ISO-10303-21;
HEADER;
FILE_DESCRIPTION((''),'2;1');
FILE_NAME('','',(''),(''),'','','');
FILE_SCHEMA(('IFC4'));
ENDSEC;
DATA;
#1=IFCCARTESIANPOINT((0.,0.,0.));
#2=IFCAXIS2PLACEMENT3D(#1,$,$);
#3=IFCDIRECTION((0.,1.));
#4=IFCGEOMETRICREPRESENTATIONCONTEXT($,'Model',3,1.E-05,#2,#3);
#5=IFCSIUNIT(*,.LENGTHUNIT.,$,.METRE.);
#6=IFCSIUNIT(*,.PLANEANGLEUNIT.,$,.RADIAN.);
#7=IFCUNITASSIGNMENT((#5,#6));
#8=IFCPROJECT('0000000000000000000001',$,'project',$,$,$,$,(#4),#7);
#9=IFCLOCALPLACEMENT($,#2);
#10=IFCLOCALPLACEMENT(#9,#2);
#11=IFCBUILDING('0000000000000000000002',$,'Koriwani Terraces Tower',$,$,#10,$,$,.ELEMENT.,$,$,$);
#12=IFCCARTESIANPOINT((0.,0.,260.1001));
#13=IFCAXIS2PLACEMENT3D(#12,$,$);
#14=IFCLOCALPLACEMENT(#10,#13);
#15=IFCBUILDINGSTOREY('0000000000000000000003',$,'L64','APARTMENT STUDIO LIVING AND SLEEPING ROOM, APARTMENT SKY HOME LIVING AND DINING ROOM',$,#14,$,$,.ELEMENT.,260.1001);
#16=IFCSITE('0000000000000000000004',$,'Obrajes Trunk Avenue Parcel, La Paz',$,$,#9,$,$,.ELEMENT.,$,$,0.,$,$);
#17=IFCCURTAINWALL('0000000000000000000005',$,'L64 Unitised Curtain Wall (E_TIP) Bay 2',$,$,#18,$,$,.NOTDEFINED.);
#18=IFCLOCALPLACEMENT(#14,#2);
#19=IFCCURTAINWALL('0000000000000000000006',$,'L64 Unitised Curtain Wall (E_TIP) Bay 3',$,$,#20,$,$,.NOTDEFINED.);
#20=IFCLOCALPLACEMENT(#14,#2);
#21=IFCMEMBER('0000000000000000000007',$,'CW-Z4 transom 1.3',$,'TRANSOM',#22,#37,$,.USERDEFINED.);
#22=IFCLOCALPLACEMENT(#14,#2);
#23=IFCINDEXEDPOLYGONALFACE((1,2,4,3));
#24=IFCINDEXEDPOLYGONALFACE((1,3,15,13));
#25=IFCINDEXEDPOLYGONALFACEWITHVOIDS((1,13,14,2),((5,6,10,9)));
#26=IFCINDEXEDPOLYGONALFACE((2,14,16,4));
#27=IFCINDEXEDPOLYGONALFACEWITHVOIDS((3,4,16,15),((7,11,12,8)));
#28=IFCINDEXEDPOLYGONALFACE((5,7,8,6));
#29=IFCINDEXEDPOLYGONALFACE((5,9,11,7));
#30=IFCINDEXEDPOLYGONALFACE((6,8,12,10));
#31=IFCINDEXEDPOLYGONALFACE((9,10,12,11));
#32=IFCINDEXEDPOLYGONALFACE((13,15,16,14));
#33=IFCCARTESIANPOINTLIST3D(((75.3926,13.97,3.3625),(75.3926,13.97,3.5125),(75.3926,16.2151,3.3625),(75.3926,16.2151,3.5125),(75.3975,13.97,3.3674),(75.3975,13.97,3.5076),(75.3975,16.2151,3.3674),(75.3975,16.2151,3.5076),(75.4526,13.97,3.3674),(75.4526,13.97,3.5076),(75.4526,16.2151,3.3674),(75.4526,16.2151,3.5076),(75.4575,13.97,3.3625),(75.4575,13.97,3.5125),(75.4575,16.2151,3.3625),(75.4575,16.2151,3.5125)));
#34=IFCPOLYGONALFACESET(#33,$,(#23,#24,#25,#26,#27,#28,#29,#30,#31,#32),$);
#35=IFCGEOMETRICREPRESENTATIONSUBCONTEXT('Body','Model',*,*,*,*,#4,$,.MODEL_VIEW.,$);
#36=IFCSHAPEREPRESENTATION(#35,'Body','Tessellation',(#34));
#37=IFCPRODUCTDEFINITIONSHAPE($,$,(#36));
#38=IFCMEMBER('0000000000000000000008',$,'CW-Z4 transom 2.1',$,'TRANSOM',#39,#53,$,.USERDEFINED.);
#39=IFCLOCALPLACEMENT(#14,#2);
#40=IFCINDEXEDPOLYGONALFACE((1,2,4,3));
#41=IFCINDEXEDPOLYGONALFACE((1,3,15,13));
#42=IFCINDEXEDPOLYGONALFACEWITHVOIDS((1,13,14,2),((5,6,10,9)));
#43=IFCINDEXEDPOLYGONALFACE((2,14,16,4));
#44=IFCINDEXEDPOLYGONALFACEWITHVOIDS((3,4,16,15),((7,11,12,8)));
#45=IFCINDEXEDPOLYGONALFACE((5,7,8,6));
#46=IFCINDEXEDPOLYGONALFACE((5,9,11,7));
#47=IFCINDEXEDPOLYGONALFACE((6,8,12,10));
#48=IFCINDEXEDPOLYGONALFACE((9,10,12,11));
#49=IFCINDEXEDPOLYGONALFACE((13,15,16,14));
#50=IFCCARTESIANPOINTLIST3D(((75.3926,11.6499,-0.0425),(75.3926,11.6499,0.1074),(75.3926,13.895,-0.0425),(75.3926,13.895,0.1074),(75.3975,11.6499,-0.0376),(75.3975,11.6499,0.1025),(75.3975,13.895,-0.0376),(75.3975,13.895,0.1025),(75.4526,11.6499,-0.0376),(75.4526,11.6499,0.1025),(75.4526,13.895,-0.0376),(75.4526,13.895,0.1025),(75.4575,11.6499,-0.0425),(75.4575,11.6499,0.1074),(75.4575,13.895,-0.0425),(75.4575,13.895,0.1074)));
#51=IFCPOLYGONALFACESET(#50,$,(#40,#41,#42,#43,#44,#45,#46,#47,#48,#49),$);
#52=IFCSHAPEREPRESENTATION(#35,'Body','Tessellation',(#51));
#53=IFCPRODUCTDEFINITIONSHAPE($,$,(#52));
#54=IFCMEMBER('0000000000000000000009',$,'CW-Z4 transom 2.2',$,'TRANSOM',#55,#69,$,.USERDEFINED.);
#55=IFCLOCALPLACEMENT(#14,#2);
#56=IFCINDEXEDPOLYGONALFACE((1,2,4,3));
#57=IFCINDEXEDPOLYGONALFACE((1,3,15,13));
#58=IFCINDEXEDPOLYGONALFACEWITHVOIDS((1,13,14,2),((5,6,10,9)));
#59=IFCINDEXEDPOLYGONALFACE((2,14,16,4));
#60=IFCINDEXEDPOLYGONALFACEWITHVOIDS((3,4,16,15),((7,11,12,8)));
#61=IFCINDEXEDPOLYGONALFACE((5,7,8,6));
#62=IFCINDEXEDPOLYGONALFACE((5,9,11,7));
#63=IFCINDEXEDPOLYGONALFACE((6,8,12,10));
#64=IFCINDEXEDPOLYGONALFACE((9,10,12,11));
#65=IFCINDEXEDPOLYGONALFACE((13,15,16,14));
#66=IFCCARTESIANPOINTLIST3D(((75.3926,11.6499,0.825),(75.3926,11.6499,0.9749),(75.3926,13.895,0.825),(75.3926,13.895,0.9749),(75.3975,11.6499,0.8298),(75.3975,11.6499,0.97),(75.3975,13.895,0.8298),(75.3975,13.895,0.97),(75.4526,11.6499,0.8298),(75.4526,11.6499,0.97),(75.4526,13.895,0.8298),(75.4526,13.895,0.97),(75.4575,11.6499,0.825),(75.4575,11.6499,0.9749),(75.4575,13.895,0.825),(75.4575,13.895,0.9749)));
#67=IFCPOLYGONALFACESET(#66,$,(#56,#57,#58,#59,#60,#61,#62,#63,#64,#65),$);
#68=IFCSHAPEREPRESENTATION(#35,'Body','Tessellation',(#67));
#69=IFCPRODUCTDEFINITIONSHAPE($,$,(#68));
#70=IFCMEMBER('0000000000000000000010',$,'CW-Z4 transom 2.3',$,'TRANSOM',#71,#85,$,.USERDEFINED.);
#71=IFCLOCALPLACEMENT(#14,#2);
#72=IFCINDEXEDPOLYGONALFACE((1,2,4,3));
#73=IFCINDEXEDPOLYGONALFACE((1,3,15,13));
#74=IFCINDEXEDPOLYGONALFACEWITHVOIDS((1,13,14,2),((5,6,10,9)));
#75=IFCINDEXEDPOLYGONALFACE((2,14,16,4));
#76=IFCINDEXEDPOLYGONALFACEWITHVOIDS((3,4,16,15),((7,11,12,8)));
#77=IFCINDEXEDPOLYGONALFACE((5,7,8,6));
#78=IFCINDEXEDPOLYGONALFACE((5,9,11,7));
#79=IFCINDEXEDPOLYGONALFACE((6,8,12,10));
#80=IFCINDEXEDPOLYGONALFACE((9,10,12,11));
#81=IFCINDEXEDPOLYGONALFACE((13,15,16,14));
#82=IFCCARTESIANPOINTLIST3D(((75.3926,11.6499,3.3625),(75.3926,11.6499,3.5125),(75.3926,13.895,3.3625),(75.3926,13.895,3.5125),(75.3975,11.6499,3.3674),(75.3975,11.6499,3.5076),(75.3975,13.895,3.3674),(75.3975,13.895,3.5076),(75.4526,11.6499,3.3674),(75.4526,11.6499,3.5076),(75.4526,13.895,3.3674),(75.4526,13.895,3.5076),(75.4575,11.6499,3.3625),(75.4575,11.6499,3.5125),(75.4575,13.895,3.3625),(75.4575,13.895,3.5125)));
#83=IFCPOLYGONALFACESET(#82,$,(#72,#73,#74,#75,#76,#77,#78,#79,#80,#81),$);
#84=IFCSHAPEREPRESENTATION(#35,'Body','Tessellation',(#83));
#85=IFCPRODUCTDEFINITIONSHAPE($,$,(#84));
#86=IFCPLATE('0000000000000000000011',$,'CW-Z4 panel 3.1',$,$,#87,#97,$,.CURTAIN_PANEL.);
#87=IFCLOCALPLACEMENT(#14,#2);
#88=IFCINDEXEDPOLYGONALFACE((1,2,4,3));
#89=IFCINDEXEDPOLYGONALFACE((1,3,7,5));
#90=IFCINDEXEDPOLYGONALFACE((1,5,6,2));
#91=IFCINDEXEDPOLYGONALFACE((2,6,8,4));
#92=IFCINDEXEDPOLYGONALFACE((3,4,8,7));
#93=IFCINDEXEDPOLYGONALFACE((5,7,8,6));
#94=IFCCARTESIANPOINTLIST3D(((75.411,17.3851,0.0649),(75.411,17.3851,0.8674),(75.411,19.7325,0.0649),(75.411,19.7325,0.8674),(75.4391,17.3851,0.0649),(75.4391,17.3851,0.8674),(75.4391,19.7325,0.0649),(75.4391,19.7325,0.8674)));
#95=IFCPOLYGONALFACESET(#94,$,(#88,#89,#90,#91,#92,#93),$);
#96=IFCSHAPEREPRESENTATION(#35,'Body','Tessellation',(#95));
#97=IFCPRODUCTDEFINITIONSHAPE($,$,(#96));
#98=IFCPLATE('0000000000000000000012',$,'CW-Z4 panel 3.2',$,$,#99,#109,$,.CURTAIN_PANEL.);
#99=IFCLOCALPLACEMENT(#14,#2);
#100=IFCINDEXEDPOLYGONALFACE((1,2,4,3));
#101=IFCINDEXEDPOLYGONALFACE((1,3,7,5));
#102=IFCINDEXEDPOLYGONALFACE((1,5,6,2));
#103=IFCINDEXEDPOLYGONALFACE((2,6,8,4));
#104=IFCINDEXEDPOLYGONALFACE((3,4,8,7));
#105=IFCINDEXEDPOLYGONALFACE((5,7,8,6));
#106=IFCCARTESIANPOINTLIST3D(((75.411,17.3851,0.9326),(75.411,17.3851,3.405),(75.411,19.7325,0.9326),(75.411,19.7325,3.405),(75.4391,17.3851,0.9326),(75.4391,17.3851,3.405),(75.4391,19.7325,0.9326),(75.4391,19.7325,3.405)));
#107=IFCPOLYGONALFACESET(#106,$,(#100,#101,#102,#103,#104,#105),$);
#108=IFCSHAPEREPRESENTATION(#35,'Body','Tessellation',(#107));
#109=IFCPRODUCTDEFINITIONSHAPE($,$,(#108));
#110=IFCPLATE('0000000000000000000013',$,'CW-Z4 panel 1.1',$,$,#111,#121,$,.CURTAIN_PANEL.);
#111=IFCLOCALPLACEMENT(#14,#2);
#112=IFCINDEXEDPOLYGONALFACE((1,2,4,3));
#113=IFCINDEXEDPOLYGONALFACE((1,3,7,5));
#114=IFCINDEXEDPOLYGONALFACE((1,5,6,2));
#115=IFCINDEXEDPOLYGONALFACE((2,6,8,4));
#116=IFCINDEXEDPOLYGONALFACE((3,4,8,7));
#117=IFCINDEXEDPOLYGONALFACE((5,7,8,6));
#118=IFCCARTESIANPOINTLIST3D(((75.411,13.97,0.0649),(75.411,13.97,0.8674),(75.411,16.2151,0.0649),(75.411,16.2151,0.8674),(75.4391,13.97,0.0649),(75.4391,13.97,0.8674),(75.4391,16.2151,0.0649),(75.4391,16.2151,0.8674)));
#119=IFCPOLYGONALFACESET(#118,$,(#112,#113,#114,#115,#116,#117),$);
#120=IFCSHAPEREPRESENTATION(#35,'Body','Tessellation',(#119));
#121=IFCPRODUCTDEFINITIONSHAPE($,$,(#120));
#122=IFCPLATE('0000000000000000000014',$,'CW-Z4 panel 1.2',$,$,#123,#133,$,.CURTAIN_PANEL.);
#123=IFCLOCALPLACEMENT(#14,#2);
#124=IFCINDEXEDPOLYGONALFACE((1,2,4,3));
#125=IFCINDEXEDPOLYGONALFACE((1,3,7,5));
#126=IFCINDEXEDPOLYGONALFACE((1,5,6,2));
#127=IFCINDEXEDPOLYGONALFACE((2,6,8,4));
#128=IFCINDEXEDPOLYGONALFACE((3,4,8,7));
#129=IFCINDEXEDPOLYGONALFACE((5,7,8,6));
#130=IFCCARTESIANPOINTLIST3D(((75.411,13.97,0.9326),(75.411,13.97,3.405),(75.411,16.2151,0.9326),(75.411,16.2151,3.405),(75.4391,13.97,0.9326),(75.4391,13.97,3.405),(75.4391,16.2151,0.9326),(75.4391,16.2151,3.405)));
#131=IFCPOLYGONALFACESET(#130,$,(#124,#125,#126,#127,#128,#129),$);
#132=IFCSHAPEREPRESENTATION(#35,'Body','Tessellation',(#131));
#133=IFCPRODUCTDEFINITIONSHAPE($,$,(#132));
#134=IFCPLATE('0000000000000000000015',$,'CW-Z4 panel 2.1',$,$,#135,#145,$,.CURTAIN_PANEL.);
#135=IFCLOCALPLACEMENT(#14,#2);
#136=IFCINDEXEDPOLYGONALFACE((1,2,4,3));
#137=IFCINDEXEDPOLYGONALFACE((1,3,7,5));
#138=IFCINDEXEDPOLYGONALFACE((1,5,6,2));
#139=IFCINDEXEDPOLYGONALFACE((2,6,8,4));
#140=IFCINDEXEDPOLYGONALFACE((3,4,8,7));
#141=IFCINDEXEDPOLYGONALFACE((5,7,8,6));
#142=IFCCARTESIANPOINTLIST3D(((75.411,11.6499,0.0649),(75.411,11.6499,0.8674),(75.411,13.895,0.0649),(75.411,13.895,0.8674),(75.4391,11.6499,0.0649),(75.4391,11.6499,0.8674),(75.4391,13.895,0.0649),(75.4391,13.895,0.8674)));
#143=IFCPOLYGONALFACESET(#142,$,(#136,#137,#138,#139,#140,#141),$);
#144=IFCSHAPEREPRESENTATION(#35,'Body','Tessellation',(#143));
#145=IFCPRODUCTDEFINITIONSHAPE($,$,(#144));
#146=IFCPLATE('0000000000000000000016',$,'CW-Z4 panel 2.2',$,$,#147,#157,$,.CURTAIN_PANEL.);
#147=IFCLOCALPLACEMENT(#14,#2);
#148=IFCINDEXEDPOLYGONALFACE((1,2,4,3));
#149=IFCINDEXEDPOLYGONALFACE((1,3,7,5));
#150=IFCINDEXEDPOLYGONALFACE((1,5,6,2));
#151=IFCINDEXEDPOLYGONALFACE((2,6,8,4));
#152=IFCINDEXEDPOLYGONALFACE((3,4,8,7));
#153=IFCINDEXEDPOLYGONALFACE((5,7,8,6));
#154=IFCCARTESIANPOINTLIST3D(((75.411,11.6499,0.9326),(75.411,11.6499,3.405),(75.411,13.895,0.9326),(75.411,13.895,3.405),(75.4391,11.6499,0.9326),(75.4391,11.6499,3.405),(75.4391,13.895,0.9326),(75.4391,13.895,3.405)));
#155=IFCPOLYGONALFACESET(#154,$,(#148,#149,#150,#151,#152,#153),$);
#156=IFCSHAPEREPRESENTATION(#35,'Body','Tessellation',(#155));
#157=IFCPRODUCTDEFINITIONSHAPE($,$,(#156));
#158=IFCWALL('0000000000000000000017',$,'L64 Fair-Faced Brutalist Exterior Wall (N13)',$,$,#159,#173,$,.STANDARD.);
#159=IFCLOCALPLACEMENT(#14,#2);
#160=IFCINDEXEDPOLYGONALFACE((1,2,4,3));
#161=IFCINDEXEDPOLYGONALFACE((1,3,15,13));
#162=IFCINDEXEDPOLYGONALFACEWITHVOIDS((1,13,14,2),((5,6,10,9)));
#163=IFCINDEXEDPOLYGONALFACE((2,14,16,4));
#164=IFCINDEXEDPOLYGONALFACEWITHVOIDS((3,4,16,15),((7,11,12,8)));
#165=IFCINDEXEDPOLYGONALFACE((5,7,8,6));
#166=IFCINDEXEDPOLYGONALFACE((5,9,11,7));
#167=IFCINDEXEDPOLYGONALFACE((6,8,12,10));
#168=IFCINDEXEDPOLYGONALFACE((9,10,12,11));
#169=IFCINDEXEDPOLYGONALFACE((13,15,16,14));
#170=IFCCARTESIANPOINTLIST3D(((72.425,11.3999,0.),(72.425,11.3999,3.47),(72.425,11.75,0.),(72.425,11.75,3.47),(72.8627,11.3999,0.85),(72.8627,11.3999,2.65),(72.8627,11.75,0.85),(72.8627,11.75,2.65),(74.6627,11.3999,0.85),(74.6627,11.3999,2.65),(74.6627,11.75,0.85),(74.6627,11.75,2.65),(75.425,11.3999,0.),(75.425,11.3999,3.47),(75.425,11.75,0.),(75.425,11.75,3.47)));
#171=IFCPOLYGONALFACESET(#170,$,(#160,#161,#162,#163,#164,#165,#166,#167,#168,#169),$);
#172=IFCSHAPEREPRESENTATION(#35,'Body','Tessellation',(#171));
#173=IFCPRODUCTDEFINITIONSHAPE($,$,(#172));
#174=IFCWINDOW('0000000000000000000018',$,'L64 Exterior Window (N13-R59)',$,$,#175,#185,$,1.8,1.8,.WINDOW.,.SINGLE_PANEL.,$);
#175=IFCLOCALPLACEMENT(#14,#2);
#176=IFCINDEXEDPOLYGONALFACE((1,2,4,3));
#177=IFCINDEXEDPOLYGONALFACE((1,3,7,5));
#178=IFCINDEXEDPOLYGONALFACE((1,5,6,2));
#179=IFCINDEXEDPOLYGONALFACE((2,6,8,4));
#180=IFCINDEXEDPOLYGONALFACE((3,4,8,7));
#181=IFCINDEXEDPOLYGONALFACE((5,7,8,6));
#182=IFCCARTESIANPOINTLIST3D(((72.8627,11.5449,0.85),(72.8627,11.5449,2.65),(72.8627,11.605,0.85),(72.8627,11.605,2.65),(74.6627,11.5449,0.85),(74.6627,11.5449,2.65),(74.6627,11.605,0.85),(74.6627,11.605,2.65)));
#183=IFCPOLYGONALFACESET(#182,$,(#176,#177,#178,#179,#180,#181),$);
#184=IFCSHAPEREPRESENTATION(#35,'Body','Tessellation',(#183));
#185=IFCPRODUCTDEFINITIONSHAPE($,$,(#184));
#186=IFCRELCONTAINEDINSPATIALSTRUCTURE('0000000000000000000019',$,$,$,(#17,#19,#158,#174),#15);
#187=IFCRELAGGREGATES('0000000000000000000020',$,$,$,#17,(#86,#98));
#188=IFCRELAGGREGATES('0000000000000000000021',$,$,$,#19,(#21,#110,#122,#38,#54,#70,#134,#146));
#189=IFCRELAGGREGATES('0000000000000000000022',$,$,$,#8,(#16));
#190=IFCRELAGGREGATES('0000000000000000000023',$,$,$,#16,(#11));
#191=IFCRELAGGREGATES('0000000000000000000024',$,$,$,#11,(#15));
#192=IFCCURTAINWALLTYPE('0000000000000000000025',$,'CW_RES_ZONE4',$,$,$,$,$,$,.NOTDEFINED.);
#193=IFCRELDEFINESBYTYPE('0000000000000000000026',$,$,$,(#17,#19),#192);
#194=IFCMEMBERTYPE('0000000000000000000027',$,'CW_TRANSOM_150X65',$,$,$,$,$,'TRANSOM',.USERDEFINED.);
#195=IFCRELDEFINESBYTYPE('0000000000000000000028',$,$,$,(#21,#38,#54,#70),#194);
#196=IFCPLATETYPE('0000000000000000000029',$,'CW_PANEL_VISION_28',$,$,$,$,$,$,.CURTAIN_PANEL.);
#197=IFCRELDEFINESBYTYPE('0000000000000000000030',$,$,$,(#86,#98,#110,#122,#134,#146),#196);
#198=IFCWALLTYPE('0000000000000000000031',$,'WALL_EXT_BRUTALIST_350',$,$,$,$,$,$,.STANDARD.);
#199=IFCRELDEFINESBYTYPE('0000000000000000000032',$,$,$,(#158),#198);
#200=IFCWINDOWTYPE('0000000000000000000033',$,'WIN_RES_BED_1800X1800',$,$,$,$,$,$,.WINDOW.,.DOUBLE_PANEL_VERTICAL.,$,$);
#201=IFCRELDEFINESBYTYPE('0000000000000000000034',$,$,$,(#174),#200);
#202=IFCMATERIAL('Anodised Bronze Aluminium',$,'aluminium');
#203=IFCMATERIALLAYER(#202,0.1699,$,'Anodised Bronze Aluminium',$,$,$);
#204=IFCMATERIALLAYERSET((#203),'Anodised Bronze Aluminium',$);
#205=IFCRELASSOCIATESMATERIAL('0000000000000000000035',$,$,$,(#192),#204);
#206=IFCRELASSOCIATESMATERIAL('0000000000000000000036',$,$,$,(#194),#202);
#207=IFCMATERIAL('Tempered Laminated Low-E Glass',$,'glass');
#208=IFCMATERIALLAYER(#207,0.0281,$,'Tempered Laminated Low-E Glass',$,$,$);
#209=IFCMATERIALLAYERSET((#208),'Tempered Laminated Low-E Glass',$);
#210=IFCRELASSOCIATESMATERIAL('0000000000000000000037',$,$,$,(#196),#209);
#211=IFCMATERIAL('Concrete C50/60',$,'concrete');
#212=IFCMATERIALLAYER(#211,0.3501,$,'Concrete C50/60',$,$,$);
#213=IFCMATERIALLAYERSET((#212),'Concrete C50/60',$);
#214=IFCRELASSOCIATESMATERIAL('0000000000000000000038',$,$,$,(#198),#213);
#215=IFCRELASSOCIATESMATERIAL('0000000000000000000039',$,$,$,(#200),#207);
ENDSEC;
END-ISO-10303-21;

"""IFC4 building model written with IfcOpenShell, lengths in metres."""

from ifc_helpers import new_model, si_unit, direction, frame, frame_2d, origin, origin_2d, place, context, subcontext, project, spatial, rectangle, hollow_rectangle, extrude, material, layer, layer_set, material_profile, profile_set, type_object, element, fill, aggregate, save


model = new_model("IFC4")

# Units and contexts
model_context = context("Model", 3, precision=1e-05, world=origin(), true_north=direction((0.0, 1.0)))
body_context = subcontext(model_context, "Body", "Model", "MODEL_VIEW")
ifc_project = project(units=[si_unit("LENGTHUNIT", "METRE"), si_unit("PLANEANGLEUNIT", "RADIAN")], contexts=[model_context])

# Site, building, storey
site_placement = place(None, origin())
site = spatial("IfcSite", under=ifc_project, at=site_placement, Name="Obrajes Trunk Avenue Parcel, La Paz", CompositionType="ELEMENT", RefElevation=0.0)
building_placement = place(site_placement, origin())
building = spatial("IfcBuilding", under=site, at=building_placement, Name="Koriwani Terraces Tower", CompositionType="ELEMENT")
storey_placement = place(building_placement, frame((0.0, 0.0, 260.1001)))
storey = spatial("IfcBuildingStorey", under=building, at=storey_placement, Name="L64", Description="APARTMENT STUDIO LIVING AND SLEEPING ROOM, APARTMENT SKY HOME LIVING AND DINING ROOM", CompositionType="ELEMENT", Elevation=260.1001)

# Shared definitions
ifc_material_1 = material(Name="Concrete C50/60", Category="concrete")

# Curtain walls
ifc_material_2 = material(Name="Anodised Bronze Aluminium", Category="aluminium")
ifc_layer_1 = layer(ifc_material_2, 0.1699, Name="Anodised Bronze Aluminium")
ifc_layer_set_1 = layer_set([ifc_layer_1], Name="Anodised Bronze Aluminium")
curtain_wall_type = type_object("IfcCurtainWallType", Name="CW_RES_ZONE4", PredefinedType="NOTDEFINED", material=ifc_layer_set_1)
curtain_wall_1_placement = place(storey_placement, origin())
curtain_wall_1 = element("IfcCurtainWall", 1, at=curtain_wall_1_placement, inside=storey, type_object=curtain_wall_type, Name="L64 Unitised Curtain Wall (E_TIP) Bay 2", PredefinedType="NOTDEFINED")
curtain_wall_2_placement = place(storey_placement, origin())
curtain_wall_2 = element("IfcCurtainWall", 2, at=curtain_wall_2_placement, inside=storey, type_object=curtain_wall_type, Name="L64 Unitised Curtain Wall (E_TIP) Bay 3", PredefinedType="NOTDEFINED")

# Members
ifc_material_profile_1 = material_profile(ifc_material_2, hollow_rectangle(XDim=0.0649, YDim=0.1499, WallThickness=0.0049, at=origin_2d()), Name="Anodised Bronze Aluminium", Category="LoadBearing")
ifc_profile_set_1 = profile_set([ifc_material_profile_1], Name="Anodised Bronze Aluminium")
member_type_1 = type_object("IfcMemberType", Name="CW_TRANSOM_150X65", ElementType="TRANSOM", PredefinedType="USERDEFINED", material=ifc_profile_set_1)
member_1_placement = place(storey_placement, frame((75.425, 16.2151, 3.4375), z_axis=(0.0, -1.0, 0.0), x_axis=(1.0, 0.0, 0.0)))
member_1 = element("IfcMember", 3, at=member_1_placement, type_object=member_type_1, Name="CW-Z4 transom 1.3", ObjectType="TRANSOM", PredefinedType="USERDEFINED", context=body_context, shape_type="SweptSolid", body=[
    extrude(hollow_rectangle(XDim=0.0649, YDim=0.1499, WallThickness=0.0049, at=origin_2d()), origin(), (0.0, 0.0, 1.0), 2.2451),
])
member_2_placement = place(storey_placement, frame((75.425, 13.895, 0.0325), z_axis=(0.0, -1.0, 0.0), x_axis=(1.0, 0.0, 0.0)))
member_2 = element("IfcMember", 4, at=member_2_placement, type_object=member_type_1, Name="CW-Z4 transom 2.1", ObjectType="TRANSOM", PredefinedType="USERDEFINED", context=body_context, shape_type="SweptSolid", body=[
    extrude(hollow_rectangle(XDim=0.0649, YDim=0.1499, WallThickness=0.0049, at=origin_2d()), origin(), (0.0, 0.0, 1.0), 2.2451),
])
member_3_placement = place(storey_placement, frame((75.425, 13.895, 0.8999), z_axis=(0.0, -1.0, 0.0), x_axis=(1.0, 0.0, 0.0)))
member_3 = element("IfcMember", 5, at=member_3_placement, type_object=member_type_1, Name="CW-Z4 transom 2.2", ObjectType="TRANSOM", PredefinedType="USERDEFINED", context=body_context, shape_type="SweptSolid", body=[
    extrude(hollow_rectangle(XDim=0.0649, YDim=0.1499, WallThickness=0.0049, at=origin_2d()), origin(), (0.0, 0.0, 1.0), 2.2451),
])
member_4_placement = place(storey_placement, frame((75.425, 13.895, 3.4375), z_axis=(0.0, -1.0, 0.0), x_axis=(1.0, 0.0, 0.0)))
member_4 = element("IfcMember", 6, at=member_4_placement, type_object=member_type_1, Name="CW-Z4 transom 2.3", ObjectType="TRANSOM", PredefinedType="USERDEFINED", context=body_context, shape_type="SweptSolid", body=[
    extrude(hollow_rectangle(XDim=0.0649, YDim=0.1499, WallThickness=0.0049, at=origin_2d()), origin(), (0.0, 0.0, 1.0), 2.2451),
])

# Plates
ifc_material_3 = material(Name="Tempered Laminated Low-E Glass", Category="glass")
ifc_layer_2 = layer(ifc_material_3, 0.0281, Name="Tempered Laminated Low-E Glass")
ifc_layer_set_2 = layer_set([ifc_layer_2], Name="Tempered Laminated Low-E Glass")
plate_type = type_object("IfcPlateType", Name="CW_PANEL_VISION_28", PredefinedType="CURTAIN_PANEL", material=ifc_layer_set_2)
plate_1_placement = place(storey_placement, frame((75.425, 18.5588, 0.0649), z_axis=(0.0, 0.0, 1.0), x_axis=(0.0, -1.0, 0.0)))
plate_1 = element("IfcPlate", 7, at=plate_1_placement, type_object=plate_type, Name="CW-Z4 panel 3.1", PredefinedType="CURTAIN_PANEL", context=body_context, shape_type="SweptSolid", body=[
    extrude(rectangle(XDim=2.3474, YDim=0.0281, at=origin_2d()), origin(), (0.0, 0.0, 1.0), 0.8025),
])
plate_2_placement = place(storey_placement, frame((75.425, 18.5588, 0.9326), z_axis=(0.0, 0.0, 1.0), x_axis=(0.0, -1.0, 0.0)))
plate_2 = element("IfcPlate", 8, at=plate_2_placement, type_object=plate_type, Name="CW-Z4 panel 3.2", PredefinedType="CURTAIN_PANEL", context=body_context, shape_type="SweptSolid", body=[
    extrude(rectangle(XDim=2.3474, YDim=0.0281, at=origin_2d()), origin(), (0.0, 0.0, 1.0), 2.4724),
])
aggregate(curtain_wall_1, [plate_1, plate_2])
plate_3_placement = place(storey_placement, frame((75.425, 15.0925, 0.0649), z_axis=(0.0, 0.0, 1.0), x_axis=(0.0, -1.0, 0.0)))
plate_3 = element("IfcPlate", 9, at=plate_3_placement, type_object=plate_type, Name="CW-Z4 panel 1.1", PredefinedType="CURTAIN_PANEL", context=body_context, shape_type="SweptSolid", body=[
    extrude(rectangle(XDim=2.2451, YDim=0.0281, at=origin_2d()), origin(), (0.0, 0.0, 1.0), 0.8025),
])
plate_4_placement = place(storey_placement, frame((75.425, 15.0925, 0.9326), z_axis=(0.0, 0.0, 1.0), x_axis=(0.0, -1.0, 0.0)))
plate_4 = element("IfcPlate", 10, at=plate_4_placement, type_object=plate_type, Name="CW-Z4 panel 1.2", PredefinedType="CURTAIN_PANEL", context=body_context, shape_type="SweptSolid", body=[
    extrude(rectangle(XDim=2.2451, YDim=0.0281, at=origin_2d()), origin(), (0.0, 0.0, 1.0), 2.4724),
])
plate_5_placement = place(storey_placement, frame((75.425, 12.7725, 0.0649), z_axis=(0.0, 0.0, 1.0), x_axis=(0.0, -1.0, 0.0)))
plate_5 = element("IfcPlate", 11, at=plate_5_placement, type_object=plate_type, Name="CW-Z4 panel 2.1", PredefinedType="CURTAIN_PANEL", context=body_context, shape_type="SweptSolid", body=[
    extrude(rectangle(XDim=2.2451, YDim=0.0281, at=origin_2d()), origin(), (0.0, 0.0, 1.0), 0.8025),
])
plate_6_placement = place(storey_placement, frame((75.425, 12.7725, 0.9326), z_axis=(0.0, 0.0, 1.0), x_axis=(0.0, -1.0, 0.0)))
plate_6 = element("IfcPlate", 12, at=plate_6_placement, type_object=plate_type, Name="CW-Z4 panel 2.2", PredefinedType="CURTAIN_PANEL", context=body_context, shape_type="SweptSolid", body=[
    extrude(rectangle(XDim=2.2451, YDim=0.0281, at=origin_2d()), origin(), (0.0, 0.0, 1.0), 2.4724),
])
aggregate(curtain_wall_2, [member_1, plate_3, plate_4, member_2, member_3, member_4, plate_5, plate_6])

# Wall, opening, window
ifc_layer_3 = layer(ifc_material_1, 0.3501, Name="Concrete C50/60")
ifc_layer_set_3 = layer_set([ifc_layer_3], Name="Concrete C50/60")
wall_type = type_object("IfcWallType", Name="WALL_EXT_BRUTALIST_350", PredefinedType="STANDARD", material=ifc_layer_set_3)
wall_placement = place(storey_placement, frame((75.425, 11.575, 0.0), z_axis=(0.0, 0.0, 1.0), x_axis=(-1.0, 0.0, 0.0)))
wall = element("IfcWall", 13, at=wall_placement, inside=storey, type_object=wall_type, Name="L64 Fair-Faced Brutalist Exterior Wall (N13)", PredefinedType="STANDARD", context=body_context, shape_type="SweptSolid", body=[
    extrude(rectangle(XDim=3.0, YDim=0.3501, at=frame_2d((1.5, 0.0))), origin(), (0.0, 0.0, 1.0), 3.47),
])
opening_placement = place(wall_placement, frame((0.7625, 0.0, 0.8501)))
opening = element("IfcOpeningElement", 14, at=opening_placement, cuts=wall, PredefinedType="OPENING", context=body_context, shape_type="SweptSolid", body=[
    extrude(rectangle(XDim=1.8, YDim=1.8, at=frame_2d((0.8999, 0.8999))), frame((0.0, 0.1851, 0.0), z_axis=(0.0, -1.0, 0.0), x_axis=(1.0, 0.0, 0.0)), (0.0, 0.0, 1.0), 0.3701),
])
window_type = type_object("IfcWindowType", Name="WIN_RES_BED_1800X1800", PartitioningType="DOUBLE_PANEL_VERTICAL", PredefinedType="WINDOW", material=ifc_material_3)
window_placement = place(opening_placement, origin())
window = element("IfcWindow", 15, at=window_placement, inside=storey, type_object=window_type, Name="L64 Exterior Window (N13-R59)", OverallHeight=1.8, OverallWidth=1.8, PartitioningType="SINGLE_PANEL", PredefinedType="WINDOW", context=body_context, shape_type="SweptSolid", body=[
    extrude(rectangle(XDim=1.8, YDim=1.8, at=frame_2d((0.8999, 0.8999))), frame((0.0, 0.03, 0.0), z_axis=(0.0, -1.0, 0.0), x_axis=(1.0, 0.0, 0.0)), (0.0, 0.0, 1.0), 0.0601),
])
fill(opening, window)

save(model, "model.ifc")
